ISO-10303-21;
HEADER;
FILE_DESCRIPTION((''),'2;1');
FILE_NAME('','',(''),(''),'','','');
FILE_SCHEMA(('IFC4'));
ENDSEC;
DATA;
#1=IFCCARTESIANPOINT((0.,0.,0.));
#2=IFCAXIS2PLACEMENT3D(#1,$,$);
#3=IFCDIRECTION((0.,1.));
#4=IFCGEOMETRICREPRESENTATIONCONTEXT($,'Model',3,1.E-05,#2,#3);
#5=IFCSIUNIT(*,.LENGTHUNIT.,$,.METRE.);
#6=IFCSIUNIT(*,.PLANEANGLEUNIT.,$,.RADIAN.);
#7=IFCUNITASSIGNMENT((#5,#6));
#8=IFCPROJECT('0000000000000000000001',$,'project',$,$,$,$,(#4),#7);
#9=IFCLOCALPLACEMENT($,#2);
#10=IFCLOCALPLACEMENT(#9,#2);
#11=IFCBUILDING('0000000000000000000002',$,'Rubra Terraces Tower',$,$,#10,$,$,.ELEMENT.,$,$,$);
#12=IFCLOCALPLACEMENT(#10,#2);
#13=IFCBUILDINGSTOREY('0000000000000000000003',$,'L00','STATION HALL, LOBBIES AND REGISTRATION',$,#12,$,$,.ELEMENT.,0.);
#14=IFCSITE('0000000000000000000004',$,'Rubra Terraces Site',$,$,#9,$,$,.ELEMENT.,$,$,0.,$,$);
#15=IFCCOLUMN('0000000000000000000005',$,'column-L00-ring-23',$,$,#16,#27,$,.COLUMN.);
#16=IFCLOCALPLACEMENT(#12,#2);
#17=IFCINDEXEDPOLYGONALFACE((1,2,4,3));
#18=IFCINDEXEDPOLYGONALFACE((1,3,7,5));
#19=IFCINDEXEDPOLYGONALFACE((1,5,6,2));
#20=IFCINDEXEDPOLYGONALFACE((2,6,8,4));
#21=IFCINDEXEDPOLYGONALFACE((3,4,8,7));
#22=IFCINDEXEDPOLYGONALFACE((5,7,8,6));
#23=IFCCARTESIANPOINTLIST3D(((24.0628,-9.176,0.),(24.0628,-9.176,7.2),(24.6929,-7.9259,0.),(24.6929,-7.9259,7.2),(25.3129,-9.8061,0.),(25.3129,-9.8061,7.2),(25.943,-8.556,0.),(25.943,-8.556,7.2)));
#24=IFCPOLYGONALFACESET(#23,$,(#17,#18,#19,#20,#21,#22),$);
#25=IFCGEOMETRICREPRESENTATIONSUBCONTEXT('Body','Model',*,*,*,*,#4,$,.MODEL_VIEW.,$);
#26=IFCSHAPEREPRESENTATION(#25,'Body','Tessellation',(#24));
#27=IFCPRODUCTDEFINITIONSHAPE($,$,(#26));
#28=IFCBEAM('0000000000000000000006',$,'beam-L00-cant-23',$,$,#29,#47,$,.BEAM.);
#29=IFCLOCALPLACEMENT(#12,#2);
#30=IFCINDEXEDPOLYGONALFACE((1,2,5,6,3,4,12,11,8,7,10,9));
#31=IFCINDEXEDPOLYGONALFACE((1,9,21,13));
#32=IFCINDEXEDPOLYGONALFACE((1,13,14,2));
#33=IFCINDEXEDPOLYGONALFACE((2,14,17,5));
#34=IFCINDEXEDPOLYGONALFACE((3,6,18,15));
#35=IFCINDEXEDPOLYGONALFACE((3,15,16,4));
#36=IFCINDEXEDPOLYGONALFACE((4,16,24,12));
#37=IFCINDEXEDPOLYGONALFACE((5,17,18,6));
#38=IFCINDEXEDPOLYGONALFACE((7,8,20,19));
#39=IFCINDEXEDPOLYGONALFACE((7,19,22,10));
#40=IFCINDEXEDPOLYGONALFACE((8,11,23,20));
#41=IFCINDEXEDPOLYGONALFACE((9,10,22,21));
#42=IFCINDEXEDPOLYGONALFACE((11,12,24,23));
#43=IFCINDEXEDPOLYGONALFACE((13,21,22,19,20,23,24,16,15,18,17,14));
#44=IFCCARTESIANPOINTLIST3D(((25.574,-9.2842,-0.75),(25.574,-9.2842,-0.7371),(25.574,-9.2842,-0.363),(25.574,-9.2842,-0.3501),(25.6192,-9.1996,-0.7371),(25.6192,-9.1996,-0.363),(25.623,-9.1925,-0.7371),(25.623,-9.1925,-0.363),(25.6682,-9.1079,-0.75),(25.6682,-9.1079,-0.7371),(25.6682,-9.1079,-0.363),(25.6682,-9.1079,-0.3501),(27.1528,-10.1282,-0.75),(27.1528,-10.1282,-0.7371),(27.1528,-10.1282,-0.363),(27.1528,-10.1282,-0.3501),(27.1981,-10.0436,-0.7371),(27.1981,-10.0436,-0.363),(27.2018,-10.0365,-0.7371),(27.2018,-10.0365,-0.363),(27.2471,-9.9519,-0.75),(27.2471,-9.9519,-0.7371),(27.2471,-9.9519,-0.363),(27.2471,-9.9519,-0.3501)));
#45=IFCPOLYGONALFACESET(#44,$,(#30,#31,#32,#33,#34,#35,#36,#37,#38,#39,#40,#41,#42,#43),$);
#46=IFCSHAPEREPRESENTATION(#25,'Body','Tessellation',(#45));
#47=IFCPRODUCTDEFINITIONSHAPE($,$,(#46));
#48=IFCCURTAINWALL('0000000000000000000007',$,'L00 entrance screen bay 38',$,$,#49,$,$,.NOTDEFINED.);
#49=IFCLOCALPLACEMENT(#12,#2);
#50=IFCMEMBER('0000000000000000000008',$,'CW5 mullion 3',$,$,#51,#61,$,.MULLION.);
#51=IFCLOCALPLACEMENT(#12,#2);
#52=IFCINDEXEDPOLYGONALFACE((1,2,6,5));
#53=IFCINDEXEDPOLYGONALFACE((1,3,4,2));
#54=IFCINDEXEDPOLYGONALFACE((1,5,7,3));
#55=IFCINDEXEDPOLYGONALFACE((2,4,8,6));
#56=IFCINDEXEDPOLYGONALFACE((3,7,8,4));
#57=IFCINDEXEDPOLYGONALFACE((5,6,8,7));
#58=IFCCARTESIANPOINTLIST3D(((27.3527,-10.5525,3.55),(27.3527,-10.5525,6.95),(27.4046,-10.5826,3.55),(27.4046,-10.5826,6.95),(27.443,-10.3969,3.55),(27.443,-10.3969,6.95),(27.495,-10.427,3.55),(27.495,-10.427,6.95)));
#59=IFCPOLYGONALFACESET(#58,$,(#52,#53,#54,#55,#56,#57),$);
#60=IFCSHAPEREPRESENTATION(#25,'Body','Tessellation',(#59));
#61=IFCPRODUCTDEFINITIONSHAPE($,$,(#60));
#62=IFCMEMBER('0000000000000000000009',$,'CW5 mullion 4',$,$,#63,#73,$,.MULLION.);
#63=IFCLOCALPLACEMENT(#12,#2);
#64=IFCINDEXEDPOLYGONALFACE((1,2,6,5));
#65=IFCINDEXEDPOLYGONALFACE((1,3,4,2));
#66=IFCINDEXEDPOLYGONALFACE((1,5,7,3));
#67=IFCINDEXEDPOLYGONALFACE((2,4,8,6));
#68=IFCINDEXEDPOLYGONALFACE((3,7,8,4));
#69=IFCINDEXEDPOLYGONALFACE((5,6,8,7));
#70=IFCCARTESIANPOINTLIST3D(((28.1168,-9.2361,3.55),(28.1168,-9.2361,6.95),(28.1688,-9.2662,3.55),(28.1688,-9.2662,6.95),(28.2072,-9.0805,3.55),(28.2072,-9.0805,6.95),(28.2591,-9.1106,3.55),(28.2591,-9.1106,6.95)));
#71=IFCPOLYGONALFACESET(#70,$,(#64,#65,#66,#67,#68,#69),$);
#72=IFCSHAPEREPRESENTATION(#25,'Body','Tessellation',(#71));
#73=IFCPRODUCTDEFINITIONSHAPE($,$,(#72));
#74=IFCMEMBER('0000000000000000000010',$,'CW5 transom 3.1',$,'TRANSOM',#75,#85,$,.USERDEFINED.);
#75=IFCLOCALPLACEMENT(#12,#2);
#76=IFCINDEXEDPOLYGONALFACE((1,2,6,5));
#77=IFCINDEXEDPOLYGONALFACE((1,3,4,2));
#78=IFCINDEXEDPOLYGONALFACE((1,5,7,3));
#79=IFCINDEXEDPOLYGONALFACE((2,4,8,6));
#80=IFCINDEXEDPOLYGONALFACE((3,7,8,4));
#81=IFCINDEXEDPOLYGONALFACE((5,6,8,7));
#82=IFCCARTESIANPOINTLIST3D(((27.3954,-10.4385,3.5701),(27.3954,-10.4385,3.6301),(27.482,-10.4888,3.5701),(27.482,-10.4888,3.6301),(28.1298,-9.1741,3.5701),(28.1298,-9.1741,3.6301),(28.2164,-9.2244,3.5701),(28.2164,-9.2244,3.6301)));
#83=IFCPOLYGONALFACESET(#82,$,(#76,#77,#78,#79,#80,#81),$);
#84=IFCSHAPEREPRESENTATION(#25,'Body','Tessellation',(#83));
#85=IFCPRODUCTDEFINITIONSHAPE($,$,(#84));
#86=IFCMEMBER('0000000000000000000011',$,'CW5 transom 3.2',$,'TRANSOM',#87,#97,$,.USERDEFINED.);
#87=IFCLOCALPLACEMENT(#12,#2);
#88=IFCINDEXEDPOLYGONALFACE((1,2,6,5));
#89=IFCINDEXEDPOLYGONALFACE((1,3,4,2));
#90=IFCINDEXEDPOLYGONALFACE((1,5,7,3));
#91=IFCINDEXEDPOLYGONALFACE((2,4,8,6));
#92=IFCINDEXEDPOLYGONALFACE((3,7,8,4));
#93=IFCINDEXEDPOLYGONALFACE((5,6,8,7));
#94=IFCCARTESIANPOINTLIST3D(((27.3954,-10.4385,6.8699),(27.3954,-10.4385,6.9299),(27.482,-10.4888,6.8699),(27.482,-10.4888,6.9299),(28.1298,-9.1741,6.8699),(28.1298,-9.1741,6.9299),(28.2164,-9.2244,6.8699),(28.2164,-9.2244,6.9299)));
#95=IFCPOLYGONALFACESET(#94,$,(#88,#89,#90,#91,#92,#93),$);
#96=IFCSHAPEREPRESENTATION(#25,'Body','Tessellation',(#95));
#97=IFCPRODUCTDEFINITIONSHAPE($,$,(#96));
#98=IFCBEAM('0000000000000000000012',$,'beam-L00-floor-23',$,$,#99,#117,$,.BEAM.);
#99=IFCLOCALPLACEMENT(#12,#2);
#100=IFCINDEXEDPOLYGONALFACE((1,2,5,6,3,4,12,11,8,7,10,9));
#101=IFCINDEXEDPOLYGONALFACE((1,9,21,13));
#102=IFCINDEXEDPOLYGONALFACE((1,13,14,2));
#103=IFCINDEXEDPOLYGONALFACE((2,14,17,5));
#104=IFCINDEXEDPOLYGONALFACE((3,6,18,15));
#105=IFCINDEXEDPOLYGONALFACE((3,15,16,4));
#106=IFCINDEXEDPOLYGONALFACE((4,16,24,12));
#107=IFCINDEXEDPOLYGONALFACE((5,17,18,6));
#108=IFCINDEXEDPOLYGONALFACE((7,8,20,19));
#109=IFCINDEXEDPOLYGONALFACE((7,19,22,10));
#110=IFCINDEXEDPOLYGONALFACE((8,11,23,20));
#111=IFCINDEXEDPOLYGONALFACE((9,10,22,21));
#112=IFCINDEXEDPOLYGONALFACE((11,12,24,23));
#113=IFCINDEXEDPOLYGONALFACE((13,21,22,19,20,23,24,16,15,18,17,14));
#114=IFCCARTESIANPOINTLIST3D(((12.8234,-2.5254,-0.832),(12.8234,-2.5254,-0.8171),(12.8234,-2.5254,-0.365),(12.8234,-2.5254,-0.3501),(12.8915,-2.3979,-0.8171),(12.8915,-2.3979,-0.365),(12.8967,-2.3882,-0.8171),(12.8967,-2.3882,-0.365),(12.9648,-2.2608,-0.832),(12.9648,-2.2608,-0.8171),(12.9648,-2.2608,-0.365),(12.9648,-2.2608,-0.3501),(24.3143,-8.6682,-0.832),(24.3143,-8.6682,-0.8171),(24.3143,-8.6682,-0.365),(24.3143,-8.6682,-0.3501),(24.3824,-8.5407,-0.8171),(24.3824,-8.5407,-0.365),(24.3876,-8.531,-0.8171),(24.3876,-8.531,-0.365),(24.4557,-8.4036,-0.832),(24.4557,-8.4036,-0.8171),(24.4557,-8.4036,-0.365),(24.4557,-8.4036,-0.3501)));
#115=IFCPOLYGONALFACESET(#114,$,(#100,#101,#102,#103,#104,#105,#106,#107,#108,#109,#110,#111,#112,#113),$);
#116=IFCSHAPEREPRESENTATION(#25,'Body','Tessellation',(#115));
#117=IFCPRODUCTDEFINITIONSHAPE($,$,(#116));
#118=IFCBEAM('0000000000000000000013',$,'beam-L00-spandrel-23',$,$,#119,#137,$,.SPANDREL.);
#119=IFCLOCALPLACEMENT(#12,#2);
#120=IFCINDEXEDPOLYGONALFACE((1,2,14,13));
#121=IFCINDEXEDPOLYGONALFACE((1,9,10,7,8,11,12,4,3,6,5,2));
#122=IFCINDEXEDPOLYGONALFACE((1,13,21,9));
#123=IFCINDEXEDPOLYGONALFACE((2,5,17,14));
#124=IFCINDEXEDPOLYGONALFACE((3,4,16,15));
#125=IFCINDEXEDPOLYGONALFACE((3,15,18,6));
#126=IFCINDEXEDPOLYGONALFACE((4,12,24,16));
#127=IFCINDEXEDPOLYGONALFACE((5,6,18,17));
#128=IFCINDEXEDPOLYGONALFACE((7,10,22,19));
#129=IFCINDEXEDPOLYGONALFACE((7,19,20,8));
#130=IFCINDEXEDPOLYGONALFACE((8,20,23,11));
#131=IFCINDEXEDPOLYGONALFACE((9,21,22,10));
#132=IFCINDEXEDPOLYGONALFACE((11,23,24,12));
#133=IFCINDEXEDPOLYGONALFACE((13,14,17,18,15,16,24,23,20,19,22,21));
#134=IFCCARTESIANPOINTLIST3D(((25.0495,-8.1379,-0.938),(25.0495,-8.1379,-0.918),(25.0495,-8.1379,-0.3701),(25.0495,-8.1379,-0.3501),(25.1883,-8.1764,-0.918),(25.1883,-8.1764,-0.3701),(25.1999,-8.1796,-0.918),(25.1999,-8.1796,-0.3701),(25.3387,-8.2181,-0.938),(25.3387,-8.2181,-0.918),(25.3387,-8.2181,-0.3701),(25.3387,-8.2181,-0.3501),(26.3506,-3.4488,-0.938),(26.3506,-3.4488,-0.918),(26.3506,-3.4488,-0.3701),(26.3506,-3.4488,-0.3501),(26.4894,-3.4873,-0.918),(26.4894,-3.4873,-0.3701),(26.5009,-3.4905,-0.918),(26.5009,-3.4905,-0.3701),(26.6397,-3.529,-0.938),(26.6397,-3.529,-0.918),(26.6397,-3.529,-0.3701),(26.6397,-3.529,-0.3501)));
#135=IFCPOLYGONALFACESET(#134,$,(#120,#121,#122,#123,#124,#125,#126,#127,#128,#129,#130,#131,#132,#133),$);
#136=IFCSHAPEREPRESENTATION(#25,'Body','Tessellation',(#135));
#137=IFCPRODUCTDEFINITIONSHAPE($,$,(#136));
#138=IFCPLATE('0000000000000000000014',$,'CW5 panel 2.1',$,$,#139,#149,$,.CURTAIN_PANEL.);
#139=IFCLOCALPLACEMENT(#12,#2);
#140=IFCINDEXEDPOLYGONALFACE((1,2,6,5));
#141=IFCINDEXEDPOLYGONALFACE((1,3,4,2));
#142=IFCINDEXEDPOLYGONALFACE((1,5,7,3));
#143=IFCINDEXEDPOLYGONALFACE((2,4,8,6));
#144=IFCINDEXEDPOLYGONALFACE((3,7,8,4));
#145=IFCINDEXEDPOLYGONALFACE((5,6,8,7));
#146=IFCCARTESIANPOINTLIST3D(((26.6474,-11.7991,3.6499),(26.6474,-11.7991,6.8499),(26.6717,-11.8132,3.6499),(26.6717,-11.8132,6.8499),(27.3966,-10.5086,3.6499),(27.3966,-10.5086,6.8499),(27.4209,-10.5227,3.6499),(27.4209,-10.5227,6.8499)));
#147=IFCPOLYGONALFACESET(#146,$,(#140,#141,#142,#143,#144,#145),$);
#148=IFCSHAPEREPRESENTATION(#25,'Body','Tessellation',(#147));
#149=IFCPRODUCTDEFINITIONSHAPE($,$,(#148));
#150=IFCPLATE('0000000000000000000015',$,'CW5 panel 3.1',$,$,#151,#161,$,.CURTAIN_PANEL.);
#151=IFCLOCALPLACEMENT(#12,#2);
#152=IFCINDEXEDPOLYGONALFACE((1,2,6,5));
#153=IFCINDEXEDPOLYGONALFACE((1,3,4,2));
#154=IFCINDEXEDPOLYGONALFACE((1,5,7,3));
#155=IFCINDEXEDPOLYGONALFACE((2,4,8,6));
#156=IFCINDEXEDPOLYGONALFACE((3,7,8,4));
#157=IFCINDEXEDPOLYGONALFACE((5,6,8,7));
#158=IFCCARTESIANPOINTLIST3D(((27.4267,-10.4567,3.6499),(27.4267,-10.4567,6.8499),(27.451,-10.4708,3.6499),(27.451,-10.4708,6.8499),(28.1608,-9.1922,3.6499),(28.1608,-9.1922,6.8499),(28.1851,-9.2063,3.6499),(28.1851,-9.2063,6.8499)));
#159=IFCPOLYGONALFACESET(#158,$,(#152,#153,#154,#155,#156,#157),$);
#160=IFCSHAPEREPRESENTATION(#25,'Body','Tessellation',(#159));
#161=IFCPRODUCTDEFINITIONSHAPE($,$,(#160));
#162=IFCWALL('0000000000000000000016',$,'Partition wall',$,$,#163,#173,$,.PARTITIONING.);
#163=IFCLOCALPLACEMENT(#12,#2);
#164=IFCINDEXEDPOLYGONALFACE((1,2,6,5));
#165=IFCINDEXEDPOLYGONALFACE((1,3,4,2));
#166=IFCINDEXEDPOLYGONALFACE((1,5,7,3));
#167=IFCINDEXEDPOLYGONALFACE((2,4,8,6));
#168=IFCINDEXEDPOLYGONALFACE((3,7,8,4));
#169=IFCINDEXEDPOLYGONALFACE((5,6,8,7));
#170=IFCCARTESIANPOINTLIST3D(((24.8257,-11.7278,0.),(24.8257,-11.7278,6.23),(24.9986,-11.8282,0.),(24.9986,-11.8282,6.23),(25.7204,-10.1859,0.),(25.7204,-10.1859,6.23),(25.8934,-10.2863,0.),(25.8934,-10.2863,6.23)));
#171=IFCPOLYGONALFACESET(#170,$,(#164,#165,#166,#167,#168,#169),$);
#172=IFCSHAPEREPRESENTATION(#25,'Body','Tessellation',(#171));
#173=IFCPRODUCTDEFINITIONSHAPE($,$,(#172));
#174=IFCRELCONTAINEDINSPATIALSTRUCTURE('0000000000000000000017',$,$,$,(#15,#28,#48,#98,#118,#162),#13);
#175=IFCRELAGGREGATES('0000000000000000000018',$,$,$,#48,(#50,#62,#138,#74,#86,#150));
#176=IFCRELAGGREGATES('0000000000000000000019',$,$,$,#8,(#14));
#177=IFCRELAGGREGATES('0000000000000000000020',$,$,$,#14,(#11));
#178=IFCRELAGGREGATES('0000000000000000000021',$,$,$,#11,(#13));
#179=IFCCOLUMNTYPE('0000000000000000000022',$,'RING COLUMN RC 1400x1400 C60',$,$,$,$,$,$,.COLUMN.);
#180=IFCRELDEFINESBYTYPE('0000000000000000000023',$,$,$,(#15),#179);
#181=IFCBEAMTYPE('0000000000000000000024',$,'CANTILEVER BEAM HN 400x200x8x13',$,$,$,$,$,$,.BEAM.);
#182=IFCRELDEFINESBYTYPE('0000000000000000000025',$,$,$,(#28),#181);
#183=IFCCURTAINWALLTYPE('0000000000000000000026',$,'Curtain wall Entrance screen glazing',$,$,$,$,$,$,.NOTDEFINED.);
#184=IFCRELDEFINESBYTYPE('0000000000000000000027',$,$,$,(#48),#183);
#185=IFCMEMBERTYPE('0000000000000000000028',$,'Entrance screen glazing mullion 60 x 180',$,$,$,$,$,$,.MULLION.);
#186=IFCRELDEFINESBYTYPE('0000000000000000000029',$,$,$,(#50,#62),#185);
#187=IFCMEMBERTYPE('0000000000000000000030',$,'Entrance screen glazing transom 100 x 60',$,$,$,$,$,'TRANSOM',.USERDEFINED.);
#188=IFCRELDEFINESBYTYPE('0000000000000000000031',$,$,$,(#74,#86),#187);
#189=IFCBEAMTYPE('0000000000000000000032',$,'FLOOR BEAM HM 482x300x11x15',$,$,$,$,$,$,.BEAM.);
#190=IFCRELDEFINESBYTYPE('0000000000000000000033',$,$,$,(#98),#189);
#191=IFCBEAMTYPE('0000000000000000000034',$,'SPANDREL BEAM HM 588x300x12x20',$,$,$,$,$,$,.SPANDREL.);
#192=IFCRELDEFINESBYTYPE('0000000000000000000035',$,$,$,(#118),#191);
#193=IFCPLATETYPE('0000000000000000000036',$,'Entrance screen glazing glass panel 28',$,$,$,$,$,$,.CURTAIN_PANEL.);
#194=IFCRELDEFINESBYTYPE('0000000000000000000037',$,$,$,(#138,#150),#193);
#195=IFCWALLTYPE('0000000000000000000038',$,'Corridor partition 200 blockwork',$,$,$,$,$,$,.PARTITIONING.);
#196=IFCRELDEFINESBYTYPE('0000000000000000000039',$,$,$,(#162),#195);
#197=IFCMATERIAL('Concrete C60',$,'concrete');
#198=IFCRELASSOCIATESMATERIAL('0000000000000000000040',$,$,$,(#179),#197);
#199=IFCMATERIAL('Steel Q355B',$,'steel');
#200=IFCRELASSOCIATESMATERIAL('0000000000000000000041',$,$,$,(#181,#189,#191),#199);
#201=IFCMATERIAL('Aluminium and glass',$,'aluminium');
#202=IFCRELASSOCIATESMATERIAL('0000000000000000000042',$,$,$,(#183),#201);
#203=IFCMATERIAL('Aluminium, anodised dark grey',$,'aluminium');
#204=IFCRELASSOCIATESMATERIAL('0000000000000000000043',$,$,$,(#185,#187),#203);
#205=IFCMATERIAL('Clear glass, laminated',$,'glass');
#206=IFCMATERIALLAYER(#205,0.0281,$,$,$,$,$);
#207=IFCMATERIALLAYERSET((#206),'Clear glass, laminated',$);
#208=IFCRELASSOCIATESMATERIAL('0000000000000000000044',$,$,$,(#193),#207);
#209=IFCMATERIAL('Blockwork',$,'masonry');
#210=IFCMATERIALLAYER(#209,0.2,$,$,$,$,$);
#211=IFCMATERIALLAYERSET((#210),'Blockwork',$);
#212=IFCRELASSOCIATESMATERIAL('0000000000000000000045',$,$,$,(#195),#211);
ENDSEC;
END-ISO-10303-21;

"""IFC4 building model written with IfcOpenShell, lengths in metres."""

from ifc_helpers import new_model, si_unit, direction, frame, frame_2d, origin, origin_2d, place, context, subcontext, project, spatial, rectangle, i_section, extrude, material, layer, layer_set, material_profile, profile_set, type_object, element, aggregate, save


model = new_model("IFC4")

# Units and contexts
model_context = context("Model", 3, precision=1e-05, world=origin(), true_north=direction((0.0, 1.0)))
body_context = subcontext(model_context, "Body", "Model", "MODEL_VIEW")
ifc_project = project(units=[si_unit("LENGTHUNIT", "METRE"), si_unit("PLANEANGLEUNIT", "RADIAN")], contexts=[model_context])

# Site, building, storey
site_placement = place(None, origin())
site = spatial("IfcSite", under=ifc_project, at=site_placement, Name="Rubra Terraces Site", CompositionType="ELEMENT", RefElevation=0.0)
building_placement = place(site_placement, origin())
building = spatial("IfcBuilding", under=site, at=building_placement, Name="Rubra Terraces Tower", CompositionType="ELEMENT")
storey_placement = place(building_placement, origin())
storey = spatial("IfcBuildingStorey", under=building, at=storey_placement, Name="L00", Description="STATION HALL, LOBBIES AND REGISTRATION", CompositionType="ELEMENT", Elevation=0.0)

# Column
ifc_material_1 = material(Name="Concrete C60", Category="concrete")
ifc_material_profile_1 = material_profile(ifc_material_1, rectangle(XDim=1.3999, YDim=1.3999, at=origin_2d()), Name="RC 1400x1400")
ifc_profile_set_1 = profile_set([ifc_material_profile_1], Name="Concrete C60")
column_type = type_object("IfcColumnType", Name="RING COLUMN RC 1400x1400 C60", PredefinedType="COLUMN", material=ifc_profile_set_1)
column_placement = place(storey_placement, frame((25.0029, -8.866, 0.0), z_axis=(0.0, 0.0, 1.0), x_axis=(0.450099, 0.892979, 0.0)))
element("IfcColumn", 1, at=column_placement, inside=storey, type_object=column_type, Name="column-L00-ring-23", PredefinedType="COLUMN", context=body_context, shape_type="SweptSolid", body=[
    extrude(rectangle(XDim=1.3999, YDim=1.3999, at=origin_2d()), origin(), (0.0, 0.0, 1.0), 7.2),
])

# Beam
ifc_material_2 = material(Name="Steel Q355B", Category="steel")
ifc_material_profile_2 = material_profile(ifc_material_2, i_section(OverallWidth=0.2, OverallDepth=0.3999, WebThickness=0.0081, FlangeThickness=0.0129, at=origin_2d()), Name="HN 400x200x8x13")
ifc_profile_set_2 = profile_set([ifc_material_profile_2], Name="Steel Q355B")
beam_type_1 = type_object("IfcBeamType", Name="CANTILEVER BEAM HN 400x200x8x13", PredefinedType="BEAM", material=ifc_profile_set_2)
beam_1_placement = place(storey_placement, frame((25.6211, -9.196, -0.55), z_axis=(0.881903, -0.47143, 0.0), x_axis=(0.47143, 0.881903, 0.0)))
element("IfcBeam", 2, at=beam_1_placement, inside=storey, type_object=beam_type_1, Name="beam-L00-cant-23", PredefinedType="BEAM", context=body_context, shape_type="SweptSolid", body=[
    extrude(i_section(OverallWidth=0.2, OverallDepth=0.3999, WebThickness=0.0081, FlangeThickness=0.0129, at=origin_2d()), origin(), (0.0, 0.0, 1.0), 1.7903),
])

# Curtain wall, members
ifc_material_3 = material(Name="Aluminium and glass", Category="aluminium")
curtain_wall_type = type_object("IfcCurtainWallType", Name="Curtain wall Entrance screen glazing", PredefinedType="NOTDEFINED", material=ifc_material_3)
curtain_wall_placement = place(storey_placement, origin())
curtain_wall = element("IfcCurtainWall", 3, at=curtain_wall_placement, inside=storey, type_object=curtain_wall_type, Name="L00 entrance screen bay 38", PredefinedType="NOTDEFINED")
ifc_material_4 = material(Name="Aluminium, anodised dark grey", Category="aluminium")
ifc_material_profile_3 = material_profile(ifc_material_4, rectangle(XDim=0.0601, YDim=0.1799, at=origin_2d()), Name="AL 60x180")
ifc_profile_set_3 = profile_set([ifc_material_profile_3], Name="Aluminium, anodised dark grey")
member_type_1 = type_object("IfcMemberType", Name="Entrance screen glazing mullion 60 x 180", PredefinedType="MULLION", material=ifc_profile_set_3)
member_1_placement = place(storey_placement, frame((27.4238, -10.4897, 3.55), z_axis=(0.0, 0.0, 1.0), x_axis=(-0.864813, 0.502094, 0.0)))
member_1 = element("IfcMember", 4, at=member_1_placement, type_object=member_type_1, Name="CW5 mullion 3", PredefinedType="MULLION", context=body_context, shape_type="SweptSolid", body=[
    extrude(rectangle(XDim=0.0601, YDim=0.1799, at=origin_2d()), origin(), (0.0, 0.0, 1.0), 3.3999),
])
member_2_placement = place(storey_placement, frame((28.188, -9.1733, 3.55), z_axis=(0.0, 0.0, 1.0), x_axis=(-0.864813, 0.502094, 0.0)))
member_2 = element("IfcMember", 5, at=member_2_placement, type_object=member_type_1, Name="CW5 mullion 4", PredefinedType="MULLION", context=body_context, shape_type="SweptSolid", body=[
    extrude(rectangle(XDim=0.0601, YDim=0.1799, at=origin_2d()), origin(), (0.0, 0.0, 1.0), 3.3999),
])
ifc_material_profile_4 = material_profile(ifc_material_4, rectangle(XDim=0.1001, YDim=0.0601, at=origin_2d()), Name="AL 100x60")
ifc_profile_set_4 = profile_set([ifc_material_profile_4], Name="Aluminium, anodised dark grey")
member_type_2 = type_object("IfcMemberType", Name="Entrance screen glazing transom 100 x 60", ElementType="TRANSOM", PredefinedType="USERDEFINED", material=ifc_profile_set_4)
member_3_placement = place(storey_placement, frame((27.4387, -10.4636, 3.6001), z_axis=(0.50224, 0.864728, 0.0), x_axis=(-0.864728, 0.50224, 0.0)))
member_3 = element("IfcMember", 6, at=member_3_placement, type_object=member_type_2, Name="CW5 transom 3.1", ObjectType="TRANSOM", PredefinedType="USERDEFINED", context=body_context, shape_type="SweptSolid", body=[
    extrude(rectangle(XDim=0.1001, YDim=0.0601, at=origin_2d()), origin(), (0.0, 0.0, 1.0), 1.4622),
])
member_4_placement = place(storey_placement, frame((27.4387, -10.4636, 6.8999), z_axis=(0.50224, 0.864728, 0.0), x_axis=(-0.864728, 0.50224, 0.0)))
member_4 = element("IfcMember", 7, at=member_4_placement, type_object=member_type_2, Name="CW5 transom 3.2", ObjectType="TRANSOM", PredefinedType="USERDEFINED", context=body_context, shape_type="SweptSolid", body=[
    extrude(rectangle(XDim=0.1001, YDim=0.0601, at=origin_2d()), origin(), (0.0, 0.0, 1.0), 1.4622),
])

# Beams
ifc_material_profile_5 = material_profile(ifc_material_2, i_section(OverallWidth=0.3, OverallDepth=0.4819, WebThickness=0.011, FlangeThickness=0.0149, at=origin_2d()), Name="HM 482x300x11x15")
ifc_profile_set_5 = profile_set([ifc_material_profile_5], Name="Steel Q355B")
beam_type_2 = type_object("IfcBeamType", Name="FLOOR BEAM HM 482x300x11x15", PredefinedType="BEAM", material=ifc_profile_set_5)
beam_2_placement = place(storey_placement, frame((24.385, -8.5359, -0.5911), z_axis=(-0.881897, 0.471443, 0.0), x_axis=(-0.471443, -0.881897, 0.0)))
element("IfcBeam", 8, at=beam_2_placement, inside=storey, type_object=beam_type_2, Name="beam-L00-floor-23", PredefinedType="BEAM", context=body_context, shape_type="SweptSolid", body=[
    extrude(i_section(OverallWidth=0.3, OverallDepth=0.4819, WebThickness=0.011, FlangeThickness=0.0149, at=origin_2d()), origin(), (0.0, 0.0, 1.0), 13.0298),
])
ifc_material_profile_6 = material_profile(ifc_material_2, i_section(OverallWidth=0.3, OverallDepth=0.5879, WebThickness=0.012, FlangeThickness=0.02, at=origin_2d()), Name="HM 588x300x12x20")
ifc_profile_set_6 = profile_set([ifc_material_profile_6], Name="Steel Q355B")
beam_type_3 = type_object("IfcBeamType", Name="SPANDREL BEAM HM 588x300x12x20", PredefinedType="SPANDREL", material=ifc_profile_set_6)
beam_3_placement = place(storey_placement, frame((25.1941, -8.178, -0.644), z_axis=(0.267364, 0.963595, 0.0), x_axis=(-0.963595, 0.267364, 0.0)))
element("IfcBeam", 9, at=beam_3_placement, inside=storey, type_object=beam_type_3, Name="beam-L00-spandrel-23", PredefinedType="SPANDREL", context=body_context, shape_type="SweptSolid", body=[
    extrude(i_section(OverallWidth=0.3, OverallDepth=0.5879, WebThickness=0.012, FlangeThickness=0.02, at=origin_2d()), origin(), (0.0, 0.0, 1.0), 4.8662),
])

# Plates
ifc_material_5 = material(Name="Clear glass, laminated", Category="glass")
ifc_layer_1 = layer(ifc_material_5, 0.0281)
ifc_layer_set_1 = layer_set([ifc_layer_1], Name="Clear glass, laminated")
plate_type = type_object("IfcPlateType", Name="Entrance screen glazing glass panel 28", PredefinedType="CURTAIN_PANEL", material=ifc_layer_set_1)
plate_1_placement = place(storey_placement, frame((27.0342, -11.1609, 3.6499), z_axis=(0.0, 0.0, 1.0), x_axis=(0.502094, 0.864813, 0.0)))
plate_1 = element("IfcPlate", 10, at=plate_1_placement, type_object=plate_type, Name="CW5 panel 2.1", PredefinedType="CURTAIN_PANEL", context=body_context, shape_type="SweptSolid", body=[
    extrude(rectangle(XDim=1.4922, YDim=0.0281, at=origin_2d()), origin(), (0.0, 0.0, 1.0), 3.2),
])
plate_2_placement = place(storey_placement, frame((27.8059, -9.8315, 3.6499), z_axis=(0.0, 0.0, 1.0), x_axis=(0.502094, 0.864813, 0.0)))
plate_2 = element("IfcPlate", 11, at=plate_2_placement, type_object=plate_type, Name="CW5 panel 3.1", PredefinedType="CURTAIN_PANEL", context=body_context, shape_type="SweptSolid", body=[
    extrude(rectangle(XDim=1.4622, YDim=0.0281, at=origin_2d()), origin(), (0.0, 0.0, 1.0), 3.2),
])
aggregate(curtain_wall, [member_1, member_2, plate_1, member_3, member_4, plate_2])

# Wall
ifc_material_6 = material(Name="Blockwork", Category="masonry")
ifc_layer_2 = layer(ifc_material_6, 0.2)
ifc_layer_set_2 = layer_set([ifc_layer_2], Name="Blockwork")
wall_type_1 = type_object("IfcWallType", Name="Corridor partition 200 blockwork", PredefinedType="PARTITIONING", material=ifc_layer_set_2)
wall_1_placement = place(storey_placement, frame((25.8069, -10.2361, 0.0), z_axis=(0.0, 0.0, 1.0), x_axis=(-0.501894, -0.864929, 0.0)))
element("IfcWall", 12, at=wall_1_placement, inside=storey, type_object=wall_type_1, Name="Partition wall", PredefinedType="PARTITIONING", context=body_context, shape_type="SweptSolid", body=[
    extrude(rectangle(XDim=1.7827, YDim=0.2, at=frame_2d((0.8914, 0.0))), origin(), (0.0, 0.0, 1.0), 6.23),
])

save(model, "model.ifc")
